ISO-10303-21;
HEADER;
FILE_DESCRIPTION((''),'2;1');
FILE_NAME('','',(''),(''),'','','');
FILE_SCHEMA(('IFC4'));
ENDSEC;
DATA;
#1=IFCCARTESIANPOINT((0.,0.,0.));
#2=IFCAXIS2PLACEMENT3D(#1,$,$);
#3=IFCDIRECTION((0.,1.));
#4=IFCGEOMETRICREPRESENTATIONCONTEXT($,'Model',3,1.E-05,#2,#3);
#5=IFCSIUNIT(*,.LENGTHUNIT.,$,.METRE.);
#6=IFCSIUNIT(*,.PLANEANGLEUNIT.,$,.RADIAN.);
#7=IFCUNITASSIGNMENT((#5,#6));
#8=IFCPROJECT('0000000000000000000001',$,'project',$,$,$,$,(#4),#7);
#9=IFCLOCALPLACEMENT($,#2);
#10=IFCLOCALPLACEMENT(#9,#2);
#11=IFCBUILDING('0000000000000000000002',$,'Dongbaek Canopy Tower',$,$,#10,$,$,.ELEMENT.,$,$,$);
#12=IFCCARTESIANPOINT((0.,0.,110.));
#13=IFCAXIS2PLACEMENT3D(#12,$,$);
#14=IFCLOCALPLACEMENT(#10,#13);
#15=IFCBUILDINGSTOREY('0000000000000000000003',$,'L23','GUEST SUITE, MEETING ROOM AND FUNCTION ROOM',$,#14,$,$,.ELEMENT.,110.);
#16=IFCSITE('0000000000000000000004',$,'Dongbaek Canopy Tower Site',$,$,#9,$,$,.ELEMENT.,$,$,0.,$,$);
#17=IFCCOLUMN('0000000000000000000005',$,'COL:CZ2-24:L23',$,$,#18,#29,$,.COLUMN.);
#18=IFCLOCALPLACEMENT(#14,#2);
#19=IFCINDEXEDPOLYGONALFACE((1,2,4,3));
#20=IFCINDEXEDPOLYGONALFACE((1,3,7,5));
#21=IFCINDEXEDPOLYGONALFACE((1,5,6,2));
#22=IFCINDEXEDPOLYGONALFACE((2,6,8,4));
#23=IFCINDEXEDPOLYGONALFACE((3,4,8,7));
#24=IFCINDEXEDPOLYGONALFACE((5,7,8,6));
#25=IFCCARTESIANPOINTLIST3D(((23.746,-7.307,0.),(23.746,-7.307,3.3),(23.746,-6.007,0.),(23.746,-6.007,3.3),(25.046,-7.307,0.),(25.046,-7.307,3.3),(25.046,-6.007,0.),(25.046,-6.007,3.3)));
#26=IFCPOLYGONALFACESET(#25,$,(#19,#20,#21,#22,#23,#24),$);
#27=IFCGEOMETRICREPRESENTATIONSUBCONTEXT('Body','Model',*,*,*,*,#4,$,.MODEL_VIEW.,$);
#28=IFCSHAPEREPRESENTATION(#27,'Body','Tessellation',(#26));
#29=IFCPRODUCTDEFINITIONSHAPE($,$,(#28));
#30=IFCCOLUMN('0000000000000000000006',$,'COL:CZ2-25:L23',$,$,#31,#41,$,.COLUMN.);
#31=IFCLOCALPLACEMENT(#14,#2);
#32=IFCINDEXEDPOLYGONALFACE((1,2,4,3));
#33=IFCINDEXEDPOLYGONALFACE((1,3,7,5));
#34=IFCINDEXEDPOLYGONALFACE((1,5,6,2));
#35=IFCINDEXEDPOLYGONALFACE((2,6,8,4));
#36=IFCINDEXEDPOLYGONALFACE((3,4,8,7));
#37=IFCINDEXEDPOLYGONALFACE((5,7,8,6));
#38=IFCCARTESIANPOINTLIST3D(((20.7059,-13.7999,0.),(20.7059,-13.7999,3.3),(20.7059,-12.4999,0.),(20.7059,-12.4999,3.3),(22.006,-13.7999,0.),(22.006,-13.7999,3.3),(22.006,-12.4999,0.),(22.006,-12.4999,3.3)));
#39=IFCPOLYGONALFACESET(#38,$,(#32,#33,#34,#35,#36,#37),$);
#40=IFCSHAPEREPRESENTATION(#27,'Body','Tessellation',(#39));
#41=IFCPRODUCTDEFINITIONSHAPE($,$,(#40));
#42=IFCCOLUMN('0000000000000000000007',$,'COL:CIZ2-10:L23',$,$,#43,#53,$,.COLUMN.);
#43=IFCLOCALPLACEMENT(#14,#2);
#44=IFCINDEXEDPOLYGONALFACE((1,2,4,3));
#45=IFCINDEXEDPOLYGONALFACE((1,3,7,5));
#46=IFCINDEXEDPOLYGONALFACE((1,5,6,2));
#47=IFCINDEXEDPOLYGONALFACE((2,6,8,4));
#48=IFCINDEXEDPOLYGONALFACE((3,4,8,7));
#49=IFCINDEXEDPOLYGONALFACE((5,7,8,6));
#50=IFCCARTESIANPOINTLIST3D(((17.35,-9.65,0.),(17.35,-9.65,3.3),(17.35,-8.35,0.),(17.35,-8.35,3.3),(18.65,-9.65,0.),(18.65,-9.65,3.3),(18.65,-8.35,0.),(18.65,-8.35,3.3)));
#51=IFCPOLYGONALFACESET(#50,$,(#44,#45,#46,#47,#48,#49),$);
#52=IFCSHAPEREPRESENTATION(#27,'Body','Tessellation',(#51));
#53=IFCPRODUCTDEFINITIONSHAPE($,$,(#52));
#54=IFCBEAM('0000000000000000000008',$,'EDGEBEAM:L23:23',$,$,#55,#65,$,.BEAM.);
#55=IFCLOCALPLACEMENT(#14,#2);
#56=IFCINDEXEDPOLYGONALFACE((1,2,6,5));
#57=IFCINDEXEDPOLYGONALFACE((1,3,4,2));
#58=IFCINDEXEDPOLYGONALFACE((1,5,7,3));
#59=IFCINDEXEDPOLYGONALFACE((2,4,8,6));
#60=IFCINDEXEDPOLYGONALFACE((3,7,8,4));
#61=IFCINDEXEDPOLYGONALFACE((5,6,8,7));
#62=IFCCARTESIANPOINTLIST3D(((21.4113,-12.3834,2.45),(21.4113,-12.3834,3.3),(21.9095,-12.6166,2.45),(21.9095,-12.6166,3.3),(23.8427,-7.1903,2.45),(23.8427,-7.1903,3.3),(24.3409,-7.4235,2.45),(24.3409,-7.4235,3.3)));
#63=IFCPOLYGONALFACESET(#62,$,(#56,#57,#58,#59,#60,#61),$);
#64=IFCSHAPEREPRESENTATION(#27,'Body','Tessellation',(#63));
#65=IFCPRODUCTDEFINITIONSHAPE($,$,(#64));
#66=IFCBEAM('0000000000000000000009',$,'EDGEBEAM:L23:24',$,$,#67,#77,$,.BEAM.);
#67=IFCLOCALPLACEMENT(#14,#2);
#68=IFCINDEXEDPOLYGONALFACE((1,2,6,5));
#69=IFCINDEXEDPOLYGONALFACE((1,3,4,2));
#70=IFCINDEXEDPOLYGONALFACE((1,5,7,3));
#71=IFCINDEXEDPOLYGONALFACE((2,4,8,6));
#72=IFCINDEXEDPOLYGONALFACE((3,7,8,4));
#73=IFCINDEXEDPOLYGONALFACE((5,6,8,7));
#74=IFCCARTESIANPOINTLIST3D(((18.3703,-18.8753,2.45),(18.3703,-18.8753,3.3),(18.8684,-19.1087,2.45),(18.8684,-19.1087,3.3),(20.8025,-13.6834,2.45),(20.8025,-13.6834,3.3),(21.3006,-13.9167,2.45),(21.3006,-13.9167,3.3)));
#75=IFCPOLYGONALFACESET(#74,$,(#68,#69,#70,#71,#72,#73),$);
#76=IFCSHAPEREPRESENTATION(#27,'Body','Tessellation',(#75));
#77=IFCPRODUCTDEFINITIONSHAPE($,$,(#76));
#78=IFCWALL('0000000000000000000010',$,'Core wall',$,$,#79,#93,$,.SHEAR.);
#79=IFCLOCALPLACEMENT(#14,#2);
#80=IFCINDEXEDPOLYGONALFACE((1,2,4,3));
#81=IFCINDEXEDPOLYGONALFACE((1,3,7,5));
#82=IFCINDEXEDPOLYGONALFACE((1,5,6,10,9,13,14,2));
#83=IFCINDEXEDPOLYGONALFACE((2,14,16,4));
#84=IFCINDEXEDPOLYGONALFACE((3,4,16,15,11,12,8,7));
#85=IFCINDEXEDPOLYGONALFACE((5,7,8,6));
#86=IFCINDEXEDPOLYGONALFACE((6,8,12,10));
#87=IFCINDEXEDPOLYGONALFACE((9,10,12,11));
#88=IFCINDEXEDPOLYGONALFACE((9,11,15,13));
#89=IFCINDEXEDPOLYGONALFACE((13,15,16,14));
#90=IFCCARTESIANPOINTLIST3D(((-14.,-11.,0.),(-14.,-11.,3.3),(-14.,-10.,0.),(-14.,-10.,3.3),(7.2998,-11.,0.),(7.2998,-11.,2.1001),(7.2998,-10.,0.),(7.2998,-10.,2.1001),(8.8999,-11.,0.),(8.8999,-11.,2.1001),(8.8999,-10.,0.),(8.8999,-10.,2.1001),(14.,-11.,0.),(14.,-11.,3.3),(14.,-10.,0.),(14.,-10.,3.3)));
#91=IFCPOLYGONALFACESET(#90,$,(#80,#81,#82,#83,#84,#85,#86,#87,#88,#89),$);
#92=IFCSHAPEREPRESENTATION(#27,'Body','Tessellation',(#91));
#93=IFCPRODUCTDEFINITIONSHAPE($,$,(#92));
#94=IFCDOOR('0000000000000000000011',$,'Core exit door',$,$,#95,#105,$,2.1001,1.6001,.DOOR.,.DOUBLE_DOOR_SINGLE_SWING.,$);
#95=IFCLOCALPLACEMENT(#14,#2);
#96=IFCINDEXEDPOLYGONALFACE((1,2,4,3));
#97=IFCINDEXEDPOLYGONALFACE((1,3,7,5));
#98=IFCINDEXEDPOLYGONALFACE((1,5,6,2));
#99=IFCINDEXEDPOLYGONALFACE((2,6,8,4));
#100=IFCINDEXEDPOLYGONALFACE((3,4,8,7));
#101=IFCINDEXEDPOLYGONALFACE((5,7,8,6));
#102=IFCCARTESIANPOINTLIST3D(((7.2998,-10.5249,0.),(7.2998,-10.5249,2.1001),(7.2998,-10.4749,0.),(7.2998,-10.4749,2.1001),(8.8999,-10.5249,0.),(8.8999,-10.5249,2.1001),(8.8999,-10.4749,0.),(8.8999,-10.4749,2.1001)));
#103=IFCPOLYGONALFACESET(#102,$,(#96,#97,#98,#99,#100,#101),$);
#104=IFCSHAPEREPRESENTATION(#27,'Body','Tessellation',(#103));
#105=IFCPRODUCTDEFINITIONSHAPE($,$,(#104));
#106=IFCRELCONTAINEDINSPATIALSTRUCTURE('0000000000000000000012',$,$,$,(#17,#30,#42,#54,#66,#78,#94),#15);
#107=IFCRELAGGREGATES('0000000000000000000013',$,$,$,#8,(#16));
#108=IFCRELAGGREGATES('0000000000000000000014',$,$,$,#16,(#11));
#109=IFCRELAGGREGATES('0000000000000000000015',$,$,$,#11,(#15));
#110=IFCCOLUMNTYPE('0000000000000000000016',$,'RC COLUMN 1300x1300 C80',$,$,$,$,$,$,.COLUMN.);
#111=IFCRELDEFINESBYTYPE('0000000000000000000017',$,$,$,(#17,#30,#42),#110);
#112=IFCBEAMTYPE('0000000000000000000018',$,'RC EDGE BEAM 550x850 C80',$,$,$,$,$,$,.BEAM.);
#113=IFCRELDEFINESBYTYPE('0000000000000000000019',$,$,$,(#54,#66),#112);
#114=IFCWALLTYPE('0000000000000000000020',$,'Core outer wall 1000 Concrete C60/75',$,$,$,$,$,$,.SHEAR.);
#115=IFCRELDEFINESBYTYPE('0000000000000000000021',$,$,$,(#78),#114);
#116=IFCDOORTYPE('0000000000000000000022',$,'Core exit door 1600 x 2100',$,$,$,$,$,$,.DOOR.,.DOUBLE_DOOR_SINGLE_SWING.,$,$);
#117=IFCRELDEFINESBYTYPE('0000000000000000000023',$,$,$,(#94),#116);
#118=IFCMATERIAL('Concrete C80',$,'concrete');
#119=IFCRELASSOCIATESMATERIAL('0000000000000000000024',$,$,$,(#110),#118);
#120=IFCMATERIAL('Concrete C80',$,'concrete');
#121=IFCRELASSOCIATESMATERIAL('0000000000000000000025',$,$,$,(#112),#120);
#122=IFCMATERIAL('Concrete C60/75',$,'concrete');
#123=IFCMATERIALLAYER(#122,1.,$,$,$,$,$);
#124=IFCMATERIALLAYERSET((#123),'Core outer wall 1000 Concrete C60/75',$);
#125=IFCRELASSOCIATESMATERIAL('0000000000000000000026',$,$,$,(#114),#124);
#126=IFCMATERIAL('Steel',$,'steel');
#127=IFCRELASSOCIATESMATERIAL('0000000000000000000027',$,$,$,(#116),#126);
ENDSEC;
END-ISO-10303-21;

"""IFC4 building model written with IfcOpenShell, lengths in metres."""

from ifc_helpers import new_model, si_unit, direction, frame, frame_2d, origin, origin_2d, place, context, subcontext, project, spatial, rectangle, extrude, material, layer, layer_set, material_profile, profile_set, type_object, element, fill, save


model = new_model("IFC4")

# Units and contexts
model_context = context("Model", 3, precision=1e-05, world=origin(), true_north=direction((0.0, 1.0)))
body_context = subcontext(model_context, "Body", "Model", "MODEL_VIEW")
ifc_project = project(units=[si_unit("LENGTHUNIT", "METRE"), si_unit("PLANEANGLEUNIT", "RADIAN")], contexts=[model_context])

# Site, building, storey
site_placement = place(None, origin())
site = spatial("IfcSite", under=ifc_project, at=site_placement, Name="Dongbaek Canopy Tower Site", CompositionType="ELEMENT", RefElevation=0.0)
building_placement = place(site_placement, origin())
building = spatial("IfcBuilding", under=site, at=building_placement, Name="Dongbaek Canopy Tower", CompositionType="ELEMENT")
storey_placement = place(building_placement, frame((0.0, 0.0, 110.0)))
storey = spatial("IfcBuildingStorey", under=building, at=storey_placement, Name="L23", Description="GUEST SUITE, MEETING ROOM AND FUNCTION ROOM", CompositionType="ELEMENT", Elevation=110.0)

# Columns
ifc_material_1 = material(Name="Concrete C80", Category="concrete")
ifc_material_profile_1 = material_profile(ifc_material_1, rectangle(XDim=1.3, YDim=1.3, at=origin_2d()), Name="RC COLUMN 1300x1300 C80")
ifc_profile_set_1 = profile_set([ifc_material_profile_1], Name="Concrete C80")
column_type = type_object("IfcColumnType", Name="RC COLUMN 1300x1300 C80", PredefinedType="COLUMN", material=ifc_profile_set_1)
for number, where, z_axis, x_axis, name in (
    (1, (24.396, -6.657, 0.0), (0.0, 0.0, 1.0), (1.0, 0.0, 0.0), "COL:CZ2-24:L23"),
    (2, (21.356, -13.1499, 0.0), (0.0, 0.0, 1.0), (1.0, 0.0, 0.0), "COL:CZ2-25:L23"),
    (3, (18.0, -9.0, 0.0), (0.0, 0.0, 1.0), (1.0, 0.0, 0.0), "COL:CIZ2-10:L23"),
):
    element("IfcColumn", number, at=place(storey_placement, frame(where, z_axis=z_axis, x_axis=x_axis)), inside=storey, type_object=column_type, Name=name, PredefinedType="COLUMN", context=body_context, shape_type="SweptSolid", body=[
        extrude(rectangle(XDim=1.3, YDim=1.3, at=origin_2d()), origin(), (0.0, 0.0, 1.0), 3.3),
    ])

# Beams
ifc_material_2 = material(Name="Concrete C80", Category="concrete")
ifc_material_profile_2 = material_profile(ifc_material_2, rectangle(XDim=0.55, YDim=0.8501, at=origin_2d()), Name="RC EDGE BEAM 550x850 C80")
ifc_profile_set_2 = profile_set([ifc_material_profile_2], Name="Concrete C80")
beam_type = type_object("IfcBeamType", Name="RC EDGE BEAM 550x850 C80", PredefinedType="BEAM", material=ifc_profile_set_2)
beam_1_placement = place(storey_placement, frame((24.0918, -7.3069, 2.875), z_axis=(-0.424023, -0.905652, 0.0), x_axis=(0.905652, -0.424023, 0.0)))
element("IfcBeam", 4, at=beam_1_placement, inside=storey, type_object=beam_type, Name="EDGEBEAM:L23:23", PredefinedType="BEAM", context=body_context, shape_type="SweptSolid", body=[
    extrude(rectangle(XDim=0.55, YDim=0.8501, at=origin_2d()), origin(), (0.0, 0.0, 1.0), 5.7341),
])
beam_2_placement = place(storey_placement, frame((21.0515, -13.8, 2.875), z_axis=(-0.424209, -0.905564, 0.0), x_axis=(0.905564, -0.424209, 0.0)))
element("IfcBeam", 5, at=beam_2_placement, inside=storey, type_object=beam_type, Name="EDGEBEAM:L23:24", PredefinedType="BEAM", context=body_context, shape_type="SweptSolid", body=[
    extrude(rectangle(XDim=0.55, YDim=0.8501, at=origin_2d()), origin(), (0.0, 0.0, 1.0), 5.7334),
])

# Wall, opening, door
ifc_material_3 = material(Name="Concrete C60/75", Category="concrete")
ifc_layer_1 = layer(ifc_material_3, 1.0)
ifc_layer_set_1 = layer_set([ifc_layer_1], Name="Core outer wall 1000 Concrete C60/75")
wall_type_1 = type_object("IfcWallType", Name="Core outer wall 1000 Concrete C60/75", PredefinedType="SHEAR", material=ifc_layer_set_1)
wall_1_placement = place(storey_placement, frame((14.0, -10.5, 0.0), z_axis=(0.0, 0.0, 1.0), x_axis=(-1.0, 0.0, 0.0)))
wall_1 = element("IfcWall", 6, at=wall_1_placement, inside=storey, type_object=wall_type_1, Name="Core wall", PredefinedType="SHEAR", context=body_context, shape_type="SweptSolid", body=[
    extrude(rectangle(XDim=28.0, YDim=1.0, at=frame_2d((14.0, 0.0))), origin(), (0.0, 0.0, 1.0), 3.3),
])
opening_1_placement = place(wall_1_placement, frame((5.1001, 0.0, 0.0)))
opening_1 = element("IfcOpeningElement", 7, at=opening_1_placement, cuts=wall_1, PredefinedType="OPENING", context=body_context, shape_type="SweptSolid", body=[
    extrude(rectangle(XDim=1.6001, YDim=2.1001, at=frame_2d((0.8, 1.05))), frame((0.0, 0.51, 0.0), z_axis=(0.0, -1.0, 0.0), x_axis=(1.0, 0.0, 0.0)), (0.0, 0.0, 1.0), 1.02),
])
ifc_material_4 = material(Name="Steel", Category="steel")
door_type_1 = type_object("IfcDoorType", Name="Core exit door 1600 x 2100", OperationType="DOUBLE_DOOR_SINGLE_SWING", PredefinedType="DOOR", material=ifc_material_4)
door_1_placement = place(opening_1_placement, origin())
door_1 = element("IfcDoor", 8, at=door_1_placement, inside=storey, type_object=door_type_1, Name="Core exit door", OperationType="DOUBLE_DOOR_SINGLE_SWING", OverallHeight=2.1001, OverallWidth=1.6001, PredefinedType="DOOR", context=body_context, shape_type="SweptSolid", body=[
    extrude(rectangle(XDim=1.6001, YDim=2.1001, at=frame_2d((0.8, 1.05))), frame((0.0, 0.0249, 0.0), z_axis=(0.0, -1.0, 0.0), x_axis=(1.0, 0.0, 0.0)), (0.0, 0.0, 1.0), 0.05),
])
fill(opening_1, door_1)

save(model, "model.ifc")
